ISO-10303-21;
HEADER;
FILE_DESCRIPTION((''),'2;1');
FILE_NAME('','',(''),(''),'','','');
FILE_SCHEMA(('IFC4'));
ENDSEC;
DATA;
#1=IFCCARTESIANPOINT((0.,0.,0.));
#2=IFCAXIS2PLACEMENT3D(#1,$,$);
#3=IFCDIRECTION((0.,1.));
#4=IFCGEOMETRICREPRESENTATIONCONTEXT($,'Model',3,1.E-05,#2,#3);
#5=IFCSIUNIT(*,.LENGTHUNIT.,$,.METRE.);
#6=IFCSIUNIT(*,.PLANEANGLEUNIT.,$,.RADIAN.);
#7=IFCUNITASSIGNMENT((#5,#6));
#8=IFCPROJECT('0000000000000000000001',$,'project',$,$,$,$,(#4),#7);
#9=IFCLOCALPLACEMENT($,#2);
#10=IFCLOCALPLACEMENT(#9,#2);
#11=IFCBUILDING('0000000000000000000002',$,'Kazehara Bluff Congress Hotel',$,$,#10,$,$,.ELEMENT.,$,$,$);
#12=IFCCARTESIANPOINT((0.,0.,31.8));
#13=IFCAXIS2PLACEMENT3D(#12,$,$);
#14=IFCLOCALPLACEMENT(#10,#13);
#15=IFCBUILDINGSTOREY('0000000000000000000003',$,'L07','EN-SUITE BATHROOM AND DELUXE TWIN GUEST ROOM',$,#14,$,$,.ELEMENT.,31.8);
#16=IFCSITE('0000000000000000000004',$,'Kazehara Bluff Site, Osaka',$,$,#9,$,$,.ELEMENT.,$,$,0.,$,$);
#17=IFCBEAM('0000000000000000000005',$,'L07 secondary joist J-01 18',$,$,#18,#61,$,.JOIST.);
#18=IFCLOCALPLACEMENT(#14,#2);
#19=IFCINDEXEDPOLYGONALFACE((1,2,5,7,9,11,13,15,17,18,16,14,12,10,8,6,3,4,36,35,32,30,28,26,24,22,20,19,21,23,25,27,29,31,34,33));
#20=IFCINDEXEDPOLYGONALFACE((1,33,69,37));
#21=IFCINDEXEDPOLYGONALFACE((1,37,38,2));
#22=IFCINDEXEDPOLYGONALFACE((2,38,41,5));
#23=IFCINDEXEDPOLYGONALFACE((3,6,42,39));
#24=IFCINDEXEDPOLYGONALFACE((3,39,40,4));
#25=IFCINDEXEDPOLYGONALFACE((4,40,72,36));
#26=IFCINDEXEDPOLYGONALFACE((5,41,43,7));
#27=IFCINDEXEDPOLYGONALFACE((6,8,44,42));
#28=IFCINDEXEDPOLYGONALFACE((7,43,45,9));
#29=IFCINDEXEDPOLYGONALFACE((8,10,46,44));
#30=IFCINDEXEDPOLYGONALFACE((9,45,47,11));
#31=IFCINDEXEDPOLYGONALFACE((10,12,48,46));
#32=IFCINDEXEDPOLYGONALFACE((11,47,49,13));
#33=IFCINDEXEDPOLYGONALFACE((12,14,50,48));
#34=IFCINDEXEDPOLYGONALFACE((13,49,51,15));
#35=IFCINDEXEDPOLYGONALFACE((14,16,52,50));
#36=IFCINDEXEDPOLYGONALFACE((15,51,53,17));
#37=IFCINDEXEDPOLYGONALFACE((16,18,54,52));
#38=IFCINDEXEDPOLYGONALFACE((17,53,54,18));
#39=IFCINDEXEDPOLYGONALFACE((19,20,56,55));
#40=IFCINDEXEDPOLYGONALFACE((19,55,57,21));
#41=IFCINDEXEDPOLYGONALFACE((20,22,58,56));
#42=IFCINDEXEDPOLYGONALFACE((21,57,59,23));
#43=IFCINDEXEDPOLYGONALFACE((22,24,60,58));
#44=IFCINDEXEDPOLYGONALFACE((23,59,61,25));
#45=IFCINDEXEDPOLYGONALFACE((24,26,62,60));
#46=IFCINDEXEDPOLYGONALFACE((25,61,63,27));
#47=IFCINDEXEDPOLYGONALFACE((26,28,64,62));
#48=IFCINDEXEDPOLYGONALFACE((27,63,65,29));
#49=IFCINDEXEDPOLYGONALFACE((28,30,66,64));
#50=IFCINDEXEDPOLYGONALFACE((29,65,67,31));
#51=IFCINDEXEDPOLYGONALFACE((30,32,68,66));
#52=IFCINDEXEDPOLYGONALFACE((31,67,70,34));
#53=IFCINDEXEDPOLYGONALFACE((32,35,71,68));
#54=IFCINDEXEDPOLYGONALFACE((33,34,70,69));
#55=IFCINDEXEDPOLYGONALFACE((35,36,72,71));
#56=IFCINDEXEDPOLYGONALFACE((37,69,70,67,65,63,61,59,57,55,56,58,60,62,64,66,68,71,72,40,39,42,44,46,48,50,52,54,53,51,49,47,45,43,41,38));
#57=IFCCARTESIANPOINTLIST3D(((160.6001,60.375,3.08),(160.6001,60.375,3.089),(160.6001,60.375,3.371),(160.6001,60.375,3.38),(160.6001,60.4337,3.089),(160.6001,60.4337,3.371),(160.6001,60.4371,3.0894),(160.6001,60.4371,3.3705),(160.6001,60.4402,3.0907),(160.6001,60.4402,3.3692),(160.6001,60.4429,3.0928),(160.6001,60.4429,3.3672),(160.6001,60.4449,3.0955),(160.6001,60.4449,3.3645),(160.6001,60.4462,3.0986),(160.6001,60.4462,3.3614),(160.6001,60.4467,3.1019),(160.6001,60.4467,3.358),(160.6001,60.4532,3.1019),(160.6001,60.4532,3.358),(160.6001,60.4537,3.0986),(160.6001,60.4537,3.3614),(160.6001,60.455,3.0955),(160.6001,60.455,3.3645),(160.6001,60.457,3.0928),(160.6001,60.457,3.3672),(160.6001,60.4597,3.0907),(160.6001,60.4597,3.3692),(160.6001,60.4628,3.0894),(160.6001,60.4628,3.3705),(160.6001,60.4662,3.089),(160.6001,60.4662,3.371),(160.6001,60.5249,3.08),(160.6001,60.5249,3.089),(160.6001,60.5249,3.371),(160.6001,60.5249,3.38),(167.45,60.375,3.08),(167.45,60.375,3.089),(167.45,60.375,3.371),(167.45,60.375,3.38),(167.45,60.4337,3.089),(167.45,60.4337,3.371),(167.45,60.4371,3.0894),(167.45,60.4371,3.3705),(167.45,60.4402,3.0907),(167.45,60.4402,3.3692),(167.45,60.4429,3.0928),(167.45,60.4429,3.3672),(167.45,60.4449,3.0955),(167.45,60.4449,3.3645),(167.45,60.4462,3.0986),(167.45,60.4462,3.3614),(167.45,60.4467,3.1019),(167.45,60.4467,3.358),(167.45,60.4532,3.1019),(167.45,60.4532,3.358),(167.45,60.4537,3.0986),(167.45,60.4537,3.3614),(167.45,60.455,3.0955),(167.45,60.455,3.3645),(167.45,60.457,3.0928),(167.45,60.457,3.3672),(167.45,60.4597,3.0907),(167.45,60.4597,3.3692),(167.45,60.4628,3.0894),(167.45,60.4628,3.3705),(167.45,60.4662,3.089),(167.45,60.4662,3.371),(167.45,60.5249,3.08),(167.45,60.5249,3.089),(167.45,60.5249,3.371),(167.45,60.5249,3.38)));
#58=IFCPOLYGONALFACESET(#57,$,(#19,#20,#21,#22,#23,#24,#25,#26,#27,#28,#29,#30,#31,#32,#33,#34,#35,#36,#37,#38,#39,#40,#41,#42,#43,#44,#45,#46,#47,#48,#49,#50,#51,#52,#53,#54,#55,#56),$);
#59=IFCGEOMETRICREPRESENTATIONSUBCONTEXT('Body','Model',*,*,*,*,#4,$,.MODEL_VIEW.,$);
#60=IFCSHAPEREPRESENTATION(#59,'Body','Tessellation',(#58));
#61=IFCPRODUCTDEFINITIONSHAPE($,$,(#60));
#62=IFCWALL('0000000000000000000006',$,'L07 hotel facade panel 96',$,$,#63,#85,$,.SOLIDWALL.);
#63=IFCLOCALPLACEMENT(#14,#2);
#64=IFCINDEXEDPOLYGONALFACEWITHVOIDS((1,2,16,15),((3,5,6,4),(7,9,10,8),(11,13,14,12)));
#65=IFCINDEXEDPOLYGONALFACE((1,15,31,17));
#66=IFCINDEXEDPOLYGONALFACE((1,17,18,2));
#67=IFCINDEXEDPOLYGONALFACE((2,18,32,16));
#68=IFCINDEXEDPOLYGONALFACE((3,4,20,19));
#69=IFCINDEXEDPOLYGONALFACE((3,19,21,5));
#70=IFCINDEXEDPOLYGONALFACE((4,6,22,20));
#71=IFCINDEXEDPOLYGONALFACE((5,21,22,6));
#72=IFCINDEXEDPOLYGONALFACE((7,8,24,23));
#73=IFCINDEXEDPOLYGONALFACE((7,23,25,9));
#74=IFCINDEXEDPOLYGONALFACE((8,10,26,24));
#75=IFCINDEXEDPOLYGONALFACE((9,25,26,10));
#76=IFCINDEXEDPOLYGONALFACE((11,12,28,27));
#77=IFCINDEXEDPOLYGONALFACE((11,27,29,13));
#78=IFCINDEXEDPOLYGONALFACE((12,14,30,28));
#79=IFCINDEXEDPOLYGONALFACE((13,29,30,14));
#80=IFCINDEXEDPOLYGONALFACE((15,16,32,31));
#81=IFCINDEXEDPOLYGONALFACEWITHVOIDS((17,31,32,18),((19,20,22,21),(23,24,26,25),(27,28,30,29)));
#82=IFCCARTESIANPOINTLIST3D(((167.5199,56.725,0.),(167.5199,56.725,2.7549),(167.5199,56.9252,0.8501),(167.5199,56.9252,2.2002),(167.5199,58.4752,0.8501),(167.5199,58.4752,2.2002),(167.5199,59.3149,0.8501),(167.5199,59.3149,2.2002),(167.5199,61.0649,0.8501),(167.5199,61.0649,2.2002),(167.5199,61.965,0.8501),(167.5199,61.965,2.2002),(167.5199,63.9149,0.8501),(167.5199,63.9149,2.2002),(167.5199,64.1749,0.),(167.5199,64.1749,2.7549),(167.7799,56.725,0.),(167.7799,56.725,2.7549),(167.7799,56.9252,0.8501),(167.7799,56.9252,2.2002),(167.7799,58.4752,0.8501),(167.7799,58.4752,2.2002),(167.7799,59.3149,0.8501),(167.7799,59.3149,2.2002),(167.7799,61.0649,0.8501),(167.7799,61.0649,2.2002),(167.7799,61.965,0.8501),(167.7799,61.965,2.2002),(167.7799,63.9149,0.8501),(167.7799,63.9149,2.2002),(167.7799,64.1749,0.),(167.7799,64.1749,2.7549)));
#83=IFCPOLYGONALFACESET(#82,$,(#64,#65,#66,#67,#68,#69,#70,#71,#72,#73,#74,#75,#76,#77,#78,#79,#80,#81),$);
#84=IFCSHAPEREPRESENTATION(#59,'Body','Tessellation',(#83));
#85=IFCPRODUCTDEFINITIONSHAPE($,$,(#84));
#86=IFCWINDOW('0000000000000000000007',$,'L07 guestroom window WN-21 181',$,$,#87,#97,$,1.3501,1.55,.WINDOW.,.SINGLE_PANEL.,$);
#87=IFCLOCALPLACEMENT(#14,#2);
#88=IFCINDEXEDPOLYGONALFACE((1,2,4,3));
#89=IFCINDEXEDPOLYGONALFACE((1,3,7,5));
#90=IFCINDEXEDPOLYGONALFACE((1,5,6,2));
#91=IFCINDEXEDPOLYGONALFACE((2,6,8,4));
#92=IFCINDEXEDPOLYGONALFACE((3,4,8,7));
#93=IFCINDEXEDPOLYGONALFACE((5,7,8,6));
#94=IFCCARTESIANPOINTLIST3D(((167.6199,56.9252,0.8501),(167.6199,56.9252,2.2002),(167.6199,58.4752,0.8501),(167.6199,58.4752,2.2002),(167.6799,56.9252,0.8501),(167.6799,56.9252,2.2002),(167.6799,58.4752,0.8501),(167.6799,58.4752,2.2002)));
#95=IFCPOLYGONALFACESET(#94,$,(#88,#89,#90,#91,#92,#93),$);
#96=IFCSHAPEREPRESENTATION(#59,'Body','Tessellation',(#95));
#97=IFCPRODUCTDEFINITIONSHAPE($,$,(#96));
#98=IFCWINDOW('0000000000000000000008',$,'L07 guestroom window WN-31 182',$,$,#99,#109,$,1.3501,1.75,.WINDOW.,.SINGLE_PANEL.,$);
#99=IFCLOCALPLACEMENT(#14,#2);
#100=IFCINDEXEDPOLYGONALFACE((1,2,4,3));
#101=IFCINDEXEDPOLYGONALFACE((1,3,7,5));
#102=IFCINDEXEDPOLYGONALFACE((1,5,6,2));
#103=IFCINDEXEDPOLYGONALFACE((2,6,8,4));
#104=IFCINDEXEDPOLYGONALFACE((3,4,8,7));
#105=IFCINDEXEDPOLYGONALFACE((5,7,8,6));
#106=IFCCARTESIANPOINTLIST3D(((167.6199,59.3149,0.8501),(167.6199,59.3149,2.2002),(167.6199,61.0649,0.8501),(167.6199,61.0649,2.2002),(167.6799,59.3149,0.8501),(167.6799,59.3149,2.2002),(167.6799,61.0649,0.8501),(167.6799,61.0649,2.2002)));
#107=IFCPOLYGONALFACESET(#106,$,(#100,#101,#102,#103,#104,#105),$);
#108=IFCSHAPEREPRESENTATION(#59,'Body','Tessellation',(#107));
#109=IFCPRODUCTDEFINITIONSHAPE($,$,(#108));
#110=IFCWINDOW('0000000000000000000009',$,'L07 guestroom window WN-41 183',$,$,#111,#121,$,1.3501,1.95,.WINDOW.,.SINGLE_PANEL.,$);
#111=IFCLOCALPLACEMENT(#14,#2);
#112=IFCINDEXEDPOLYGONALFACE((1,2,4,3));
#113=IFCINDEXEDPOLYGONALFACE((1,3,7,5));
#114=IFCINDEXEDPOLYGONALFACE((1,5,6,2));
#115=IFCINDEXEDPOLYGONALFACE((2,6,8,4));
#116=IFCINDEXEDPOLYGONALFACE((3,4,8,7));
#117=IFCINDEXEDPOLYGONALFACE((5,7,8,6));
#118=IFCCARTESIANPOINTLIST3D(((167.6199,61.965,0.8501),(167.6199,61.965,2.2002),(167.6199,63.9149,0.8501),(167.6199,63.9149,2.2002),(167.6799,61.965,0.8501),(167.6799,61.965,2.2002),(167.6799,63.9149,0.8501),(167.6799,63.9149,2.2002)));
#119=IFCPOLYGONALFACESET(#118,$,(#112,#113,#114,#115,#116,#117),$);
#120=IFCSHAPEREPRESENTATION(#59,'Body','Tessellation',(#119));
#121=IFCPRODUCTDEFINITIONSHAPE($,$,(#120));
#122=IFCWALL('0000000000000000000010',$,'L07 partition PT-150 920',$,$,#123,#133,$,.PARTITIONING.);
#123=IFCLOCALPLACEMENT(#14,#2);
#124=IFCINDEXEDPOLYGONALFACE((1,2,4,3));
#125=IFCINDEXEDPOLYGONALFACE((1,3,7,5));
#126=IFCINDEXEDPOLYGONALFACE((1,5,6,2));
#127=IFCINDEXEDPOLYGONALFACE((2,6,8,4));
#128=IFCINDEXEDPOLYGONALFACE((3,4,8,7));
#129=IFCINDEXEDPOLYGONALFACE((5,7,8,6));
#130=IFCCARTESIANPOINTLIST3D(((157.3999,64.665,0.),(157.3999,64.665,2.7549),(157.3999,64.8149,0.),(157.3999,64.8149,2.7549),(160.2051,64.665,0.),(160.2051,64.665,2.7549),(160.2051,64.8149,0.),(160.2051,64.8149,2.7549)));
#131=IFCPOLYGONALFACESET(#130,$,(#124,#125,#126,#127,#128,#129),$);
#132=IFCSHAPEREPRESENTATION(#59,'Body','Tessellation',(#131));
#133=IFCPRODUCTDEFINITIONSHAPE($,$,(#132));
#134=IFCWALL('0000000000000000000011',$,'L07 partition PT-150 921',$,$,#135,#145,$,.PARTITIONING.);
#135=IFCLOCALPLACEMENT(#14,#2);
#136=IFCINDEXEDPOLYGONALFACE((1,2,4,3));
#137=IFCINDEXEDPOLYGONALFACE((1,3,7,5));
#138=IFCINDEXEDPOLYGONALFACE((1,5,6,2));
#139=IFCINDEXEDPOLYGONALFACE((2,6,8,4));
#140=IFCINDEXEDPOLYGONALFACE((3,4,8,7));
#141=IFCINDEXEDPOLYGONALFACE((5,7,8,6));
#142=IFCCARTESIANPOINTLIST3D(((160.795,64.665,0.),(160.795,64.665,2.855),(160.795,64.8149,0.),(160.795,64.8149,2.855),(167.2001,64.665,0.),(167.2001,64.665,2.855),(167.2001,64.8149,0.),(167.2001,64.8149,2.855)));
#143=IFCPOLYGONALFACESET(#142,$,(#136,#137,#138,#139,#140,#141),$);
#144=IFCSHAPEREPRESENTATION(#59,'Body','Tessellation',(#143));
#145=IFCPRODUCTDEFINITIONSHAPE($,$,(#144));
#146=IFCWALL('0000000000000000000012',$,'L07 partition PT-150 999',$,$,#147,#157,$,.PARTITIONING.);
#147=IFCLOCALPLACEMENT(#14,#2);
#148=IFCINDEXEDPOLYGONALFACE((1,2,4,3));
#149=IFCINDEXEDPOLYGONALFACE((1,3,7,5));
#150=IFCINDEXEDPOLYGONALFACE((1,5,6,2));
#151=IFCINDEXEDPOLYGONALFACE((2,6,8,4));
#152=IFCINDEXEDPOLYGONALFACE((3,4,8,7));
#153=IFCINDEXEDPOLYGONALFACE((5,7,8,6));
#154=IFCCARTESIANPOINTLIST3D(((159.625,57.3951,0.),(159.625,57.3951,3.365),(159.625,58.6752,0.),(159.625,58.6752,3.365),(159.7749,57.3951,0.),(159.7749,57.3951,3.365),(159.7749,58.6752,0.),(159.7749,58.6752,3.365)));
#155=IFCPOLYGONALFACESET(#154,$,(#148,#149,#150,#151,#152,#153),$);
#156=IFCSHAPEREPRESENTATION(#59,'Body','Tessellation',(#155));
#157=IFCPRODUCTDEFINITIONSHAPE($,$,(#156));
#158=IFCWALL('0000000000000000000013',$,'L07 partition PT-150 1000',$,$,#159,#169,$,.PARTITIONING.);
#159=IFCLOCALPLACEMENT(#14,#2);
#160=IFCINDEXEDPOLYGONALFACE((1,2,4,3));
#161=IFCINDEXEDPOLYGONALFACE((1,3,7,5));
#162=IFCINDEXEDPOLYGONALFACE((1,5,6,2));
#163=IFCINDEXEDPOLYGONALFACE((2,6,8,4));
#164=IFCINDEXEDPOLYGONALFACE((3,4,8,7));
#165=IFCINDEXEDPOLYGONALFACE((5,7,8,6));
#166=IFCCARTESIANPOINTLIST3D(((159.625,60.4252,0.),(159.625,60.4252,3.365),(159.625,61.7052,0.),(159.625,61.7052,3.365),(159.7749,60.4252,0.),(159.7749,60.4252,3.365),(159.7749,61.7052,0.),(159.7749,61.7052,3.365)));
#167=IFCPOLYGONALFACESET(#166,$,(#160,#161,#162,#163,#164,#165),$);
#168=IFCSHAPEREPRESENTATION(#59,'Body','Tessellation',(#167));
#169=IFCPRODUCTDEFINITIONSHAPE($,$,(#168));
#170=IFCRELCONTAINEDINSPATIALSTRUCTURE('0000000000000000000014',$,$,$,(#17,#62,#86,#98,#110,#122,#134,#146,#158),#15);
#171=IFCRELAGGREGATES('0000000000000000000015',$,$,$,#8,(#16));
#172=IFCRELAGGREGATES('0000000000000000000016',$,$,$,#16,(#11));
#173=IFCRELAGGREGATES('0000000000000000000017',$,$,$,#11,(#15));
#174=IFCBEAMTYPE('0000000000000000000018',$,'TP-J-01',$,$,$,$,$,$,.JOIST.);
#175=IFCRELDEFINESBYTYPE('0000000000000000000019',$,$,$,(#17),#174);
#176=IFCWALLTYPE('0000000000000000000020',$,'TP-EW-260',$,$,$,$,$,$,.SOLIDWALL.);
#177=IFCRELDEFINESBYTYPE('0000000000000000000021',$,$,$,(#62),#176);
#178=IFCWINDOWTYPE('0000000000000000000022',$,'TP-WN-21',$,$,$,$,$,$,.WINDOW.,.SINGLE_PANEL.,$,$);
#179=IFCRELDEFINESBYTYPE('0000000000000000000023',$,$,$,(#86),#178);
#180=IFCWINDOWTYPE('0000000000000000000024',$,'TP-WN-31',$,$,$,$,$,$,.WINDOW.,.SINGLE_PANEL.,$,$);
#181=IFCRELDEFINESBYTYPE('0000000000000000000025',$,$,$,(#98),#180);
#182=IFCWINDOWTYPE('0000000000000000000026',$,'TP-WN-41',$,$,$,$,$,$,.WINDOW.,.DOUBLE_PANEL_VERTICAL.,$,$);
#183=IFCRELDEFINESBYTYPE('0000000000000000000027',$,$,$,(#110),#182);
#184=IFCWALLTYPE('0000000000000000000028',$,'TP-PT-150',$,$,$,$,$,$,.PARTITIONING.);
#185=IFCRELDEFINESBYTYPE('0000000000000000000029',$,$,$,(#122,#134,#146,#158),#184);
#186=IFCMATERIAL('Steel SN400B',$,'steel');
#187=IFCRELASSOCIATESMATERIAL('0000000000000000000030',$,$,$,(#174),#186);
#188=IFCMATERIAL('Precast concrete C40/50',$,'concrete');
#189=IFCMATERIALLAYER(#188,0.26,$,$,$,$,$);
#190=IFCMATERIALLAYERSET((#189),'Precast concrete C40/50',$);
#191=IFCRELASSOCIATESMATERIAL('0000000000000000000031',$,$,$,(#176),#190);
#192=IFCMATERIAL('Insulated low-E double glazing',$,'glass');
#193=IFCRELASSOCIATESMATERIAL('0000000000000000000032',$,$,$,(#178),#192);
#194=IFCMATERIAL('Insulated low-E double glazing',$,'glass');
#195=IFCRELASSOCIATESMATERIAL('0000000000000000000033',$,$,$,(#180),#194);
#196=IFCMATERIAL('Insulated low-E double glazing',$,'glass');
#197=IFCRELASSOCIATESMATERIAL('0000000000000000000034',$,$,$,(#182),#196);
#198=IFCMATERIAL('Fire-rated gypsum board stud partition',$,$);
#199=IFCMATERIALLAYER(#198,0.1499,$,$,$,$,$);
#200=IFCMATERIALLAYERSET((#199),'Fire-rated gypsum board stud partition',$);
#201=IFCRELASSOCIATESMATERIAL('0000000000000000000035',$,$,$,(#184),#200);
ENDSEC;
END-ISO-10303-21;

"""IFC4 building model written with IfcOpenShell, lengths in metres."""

from ifc_helpers import new_model, si_unit, direction, frame, frame_2d, origin, origin_2d, place, context, subcontext, project, spatial, rectangle, i_section, extrude, material, layer, layer_set, material_profile, profile_set, type_object, element, fill, save


model = new_model("IFC4")

# Units and contexts
model_context = context("Model", 3, precision=1e-05, world=origin(), true_north=direction((0.0, 1.0)))
body_context = subcontext(model_context, "Body", "Model", "MODEL_VIEW")
ifc_project = project(units=[si_unit("LENGTHUNIT", "METRE"), si_unit("PLANEANGLEUNIT", "RADIAN")], contexts=[model_context])

# Site, building, storey
site_placement = place(None, origin())
site = spatial("IfcSite", under=ifc_project, at=site_placement, Name="Kazehara Bluff Site, Osaka", CompositionType="ELEMENT", RefElevation=0.0)
building_placement = place(site_placement, origin())
building = spatial("IfcBuilding", under=site, at=building_placement, Name="Kazehara Bluff Congress Hotel", CompositionType="ELEMENT")
storey_placement = place(building_placement, frame((0.0, 0.0, 31.8)))
storey = spatial("IfcBuildingStorey", under=building, at=storey_placement, Name="L07", Description="EN-SUITE BATHROOM AND DELUXE TWIN GUEST ROOM", CompositionType="ELEMENT", Elevation=31.8)

# Beam
ifc_material_1 = material(Name="Steel SN400B", Category="steel")
ifc_material_profile_1 = material_profile(ifc_material_1, i_section(OverallWidth=0.1499, OverallDepth=0.3, WebThickness=0.0066, FlangeThickness=0.009, FilletRadius=0.0129, at=origin_2d()))
ifc_profile_set_1 = profile_set([ifc_material_profile_1], Name="Steel SN400B")
beam_type_1 = type_object("IfcBeamType", Name="TP-J-01", PredefinedType="JOIST", material=ifc_profile_set_1)
beam_1_placement = place(storey_placement, frame((160.6001, 60.45, 3.23), z_axis=(1.0, 0.0, 0.0), x_axis=(0.0, 1.0, 0.0)))
element("IfcBeam", 1, at=beam_1_placement, inside=storey, type_object=beam_type_1, Name="L07 secondary joist J-01 18", PredefinedType="JOIST", context=body_context, shape_type="SweptSolid", body=[
    extrude(i_section(OverallWidth=0.1499, OverallDepth=0.3, WebThickness=0.0066, FlangeThickness=0.009, FilletRadius=0.0129, at=origin_2d()), origin(), (0.0, 0.0, 1.0), 6.8499),
])

# Wall, openings, windows
ifc_material_2 = material(Name="Precast concrete C40/50", Category="concrete")
ifc_layer_1 = layer(ifc_material_2, 0.26)
ifc_layer_set_1 = layer_set([ifc_layer_1], Name="Precast concrete C40/50")
wall_type_1 = type_object("IfcWallType", Name="TP-EW-260", PredefinedType="SOLIDWALL", material=ifc_layer_set_1)
wall_1_placement = place(storey_placement, frame((167.6499, 64.175, 0.0), z_axis=(0.0, 0.0, 1.0), x_axis=(0.0, -1.0, 0.0)))
wall_1 = element("IfcWall", 2, at=wall_1_placement, inside=storey, type_object=wall_type_1, Name="L07 hotel facade panel 96", PredefinedType="SOLIDWALL", context=body_context, shape_type="SweptSolid", body=[
    extrude(rectangle(XDim=7.45, YDim=0.26, at=frame_2d((3.7251, 0.0))), origin(), (0.0, 0.0, 1.0), 2.7549),
])
opening_1_placement = place(wall_1_placement, frame((5.7, 0.0, 0.8501)))
opening_1 = element("IfcOpeningElement", 3, at=opening_1_placement, cuts=wall_1, PredefinedType="OPENING", context=body_context, shape_type="SweptSolid", body=[
    extrude(rectangle(XDim=1.55, YDim=1.3501, at=frame_2d((0.7749, 0.675))), frame((0.0, 0.1399, 0.0), z_axis=(0.0, -1.0, 0.0), x_axis=(1.0, 0.0, 0.0)), (0.0, 0.0, 1.0), 0.28),
])
opening_2_placement = place(wall_1_placement, frame((3.1101, 0.0, 0.8501)))
opening_2 = element("IfcOpeningElement", 4, at=opening_2_placement, cuts=wall_1, PredefinedType="OPENING", context=body_context, shape_type="SweptSolid", body=[
    extrude(rectangle(XDim=1.75, YDim=1.3501, at=frame_2d((0.875, 0.675))), frame((0.0, 0.1399, 0.0), z_axis=(0.0, -1.0, 0.0), x_axis=(1.0, 0.0, 0.0)), (0.0, 0.0, 1.0), 0.28),
])
opening_3_placement = place(wall_1_placement, frame((0.26, 0.0, 0.8501)))
opening_3 = element("IfcOpeningElement", 5, at=opening_3_placement, cuts=wall_1, PredefinedType="OPENING", context=body_context, shape_type="SweptSolid", body=[
    extrude(rectangle(XDim=1.95, YDim=1.3501, at=frame_2d((0.9751, 0.675))), frame((0.0, 0.1399, 0.0), z_axis=(0.0, -1.0, 0.0), x_axis=(1.0, 0.0, 0.0)), (0.0, 0.0, 1.0), 0.28),
])
ifc_material_3 = material(Name="Insulated low-E double glazing", Category="glass")
window_type_1 = type_object("IfcWindowType", Name="TP-WN-21", PartitioningType="SINGLE_PANEL", PredefinedType="WINDOW", material=ifc_material_3)
window_1_placement = place(opening_1_placement, origin())
window_1 = element("IfcWindow", 6, at=window_1_placement, inside=storey, type_object=window_type_1, Name="L07 guestroom window WN-21 181", OverallHeight=1.3501, OverallWidth=1.55, PartitioningType="SINGLE_PANEL", PredefinedType="WINDOW", context=body_context, shape_type="SweptSolid", body=[
    extrude(rectangle(XDim=1.55, YDim=1.3501, at=frame_2d((0.7749, 0.675))), frame((0.0, 0.03, 0.0), z_axis=(0.0, -1.0, 0.0), x_axis=(1.0, 0.0, 0.0)), (0.0, 0.0, 1.0), 0.0601),
])
fill(opening_1, window_1)
ifc_material_4 = material(Name="Insulated low-E double glazing", Category="glass")
window_type_2 = type_object("IfcWindowType", Name="TP-WN-31", PartitioningType="SINGLE_PANEL", PredefinedType="WINDOW", material=ifc_material_4)
window_2_placement = place(opening_2_placement, origin())
window_2 = element("IfcWindow", 7, at=window_2_placement, inside=storey, type_object=window_type_2, Name="L07 guestroom window WN-31 182", OverallHeight=1.3501, OverallWidth=1.75, PartitioningType="SINGLE_PANEL", PredefinedType="WINDOW", context=body_context, shape_type="SweptSolid", body=[
    extrude(rectangle(XDim=1.75, YDim=1.3501, at=frame_2d((0.875, 0.675))), frame((0.0, 0.03, 0.0), z_axis=(0.0, -1.0, 0.0), x_axis=(1.0, 0.0, 0.0)), (0.0, 0.0, 1.0), 0.0601),
])
fill(opening_2, window_2)
ifc_material_5 = material(Name="Insulated low-E double glazing", Category="glass")
window_type_3 = type_object("IfcWindowType", Name="TP-WN-41", PartitioningType="DOUBLE_PANEL_VERTICAL", PredefinedType="WINDOW", material=ifc_material_5)
window_3_placement = place(opening_3_placement, origin())
window_3 = element("IfcWindow", 8, at=window_3_placement, inside=storey, type_object=window_type_3, Name="L07 guestroom window WN-41 183", OverallHeight=1.3501, OverallWidth=1.95, PartitioningType="SINGLE_PANEL", PredefinedType="WINDOW", context=body_context, shape_type="SweptSolid", body=[
    extrude(rectangle(XDim=1.95, YDim=1.3501, at=frame_2d((0.9751, 0.675))), frame((0.0, 0.03, 0.0), z_axis=(0.0, -1.0, 0.0), x_axis=(1.0, 0.0, 0.0)), (0.0, 0.0, 1.0), 0.0601),
])
fill(opening_3, window_3)

# Walls
ifc_material_6 = material(Name="Fire-rated gypsum board stud partition")
ifc_layer_2 = layer(ifc_material_6, 0.1499)
ifc_layer_set_2 = layer_set([ifc_layer_2], Name="Fire-rated gypsum board stud partition")
wall_type_2 = type_object("IfcWallType", Name="TP-PT-150", PredefinedType="PARTITIONING", material=ifc_layer_set_2)
wall_2_placement = place(storey_placement, frame((157.3999, 64.74, 0.0), z_axis=(0.0, 0.0, 1.0), x_axis=(1.0, 0.0, 0.0)))
element("IfcWall", 9, at=wall_2_placement, inside=storey, type_object=wall_type_2, Name="L07 partition PT-150 920", PredefinedType="PARTITIONING", context=body_context, shape_type="SweptSolid", body=[
    extrude(rectangle(XDim=2.8052, YDim=0.1499, at=frame_2d((1.4026, 0.0))), origin(), (0.0, 0.0, 1.0), 2.7549),
])
wall_3_placement = place(storey_placement, frame((160.7949, 64.74, 0.0), z_axis=(0.0, 0.0, 1.0), x_axis=(1.0, 0.0, 0.0)))
element("IfcWall", 10, at=wall_3_placement, inside=storey, type_object=wall_type_2, Name="L07 partition PT-150 921", PredefinedType="PARTITIONING", context=body_context, shape_type="SweptSolid", body=[
    extrude(rectangle(XDim=6.405, YDim=0.1499, at=frame_2d((3.2026, 0.0))), origin(), (0.0, 0.0, 1.0), 2.855),
])
for number, where, z_axis, x_axis, name in (
    (11, (159.7, 57.395, 0.0), (0.0, 0.0, 1.0), (0.0, 1.0, 0.0), "L07 partition PT-150 999"),
    (12, (159.7, 60.425, 0.0), (0.0, 0.0, 1.0), (0.0, 1.0, 0.0), "L07 partition PT-150 1000"),
):
    element("IfcWall", number, at=place(storey_placement, frame(where, z_axis=z_axis, x_axis=x_axis)), inside=storey, type_object=wall_type_2, Name=name, PredefinedType="PARTITIONING", context=body_context, shape_type="SweptSolid", body=[
        extrude(rectangle(XDim=1.28, YDim=0.1499, at=frame_2d((0.6401, 0.0))), origin(), (0.0, 0.0, 1.0), 3.365),
    ])

save(model, "model.ifc")
